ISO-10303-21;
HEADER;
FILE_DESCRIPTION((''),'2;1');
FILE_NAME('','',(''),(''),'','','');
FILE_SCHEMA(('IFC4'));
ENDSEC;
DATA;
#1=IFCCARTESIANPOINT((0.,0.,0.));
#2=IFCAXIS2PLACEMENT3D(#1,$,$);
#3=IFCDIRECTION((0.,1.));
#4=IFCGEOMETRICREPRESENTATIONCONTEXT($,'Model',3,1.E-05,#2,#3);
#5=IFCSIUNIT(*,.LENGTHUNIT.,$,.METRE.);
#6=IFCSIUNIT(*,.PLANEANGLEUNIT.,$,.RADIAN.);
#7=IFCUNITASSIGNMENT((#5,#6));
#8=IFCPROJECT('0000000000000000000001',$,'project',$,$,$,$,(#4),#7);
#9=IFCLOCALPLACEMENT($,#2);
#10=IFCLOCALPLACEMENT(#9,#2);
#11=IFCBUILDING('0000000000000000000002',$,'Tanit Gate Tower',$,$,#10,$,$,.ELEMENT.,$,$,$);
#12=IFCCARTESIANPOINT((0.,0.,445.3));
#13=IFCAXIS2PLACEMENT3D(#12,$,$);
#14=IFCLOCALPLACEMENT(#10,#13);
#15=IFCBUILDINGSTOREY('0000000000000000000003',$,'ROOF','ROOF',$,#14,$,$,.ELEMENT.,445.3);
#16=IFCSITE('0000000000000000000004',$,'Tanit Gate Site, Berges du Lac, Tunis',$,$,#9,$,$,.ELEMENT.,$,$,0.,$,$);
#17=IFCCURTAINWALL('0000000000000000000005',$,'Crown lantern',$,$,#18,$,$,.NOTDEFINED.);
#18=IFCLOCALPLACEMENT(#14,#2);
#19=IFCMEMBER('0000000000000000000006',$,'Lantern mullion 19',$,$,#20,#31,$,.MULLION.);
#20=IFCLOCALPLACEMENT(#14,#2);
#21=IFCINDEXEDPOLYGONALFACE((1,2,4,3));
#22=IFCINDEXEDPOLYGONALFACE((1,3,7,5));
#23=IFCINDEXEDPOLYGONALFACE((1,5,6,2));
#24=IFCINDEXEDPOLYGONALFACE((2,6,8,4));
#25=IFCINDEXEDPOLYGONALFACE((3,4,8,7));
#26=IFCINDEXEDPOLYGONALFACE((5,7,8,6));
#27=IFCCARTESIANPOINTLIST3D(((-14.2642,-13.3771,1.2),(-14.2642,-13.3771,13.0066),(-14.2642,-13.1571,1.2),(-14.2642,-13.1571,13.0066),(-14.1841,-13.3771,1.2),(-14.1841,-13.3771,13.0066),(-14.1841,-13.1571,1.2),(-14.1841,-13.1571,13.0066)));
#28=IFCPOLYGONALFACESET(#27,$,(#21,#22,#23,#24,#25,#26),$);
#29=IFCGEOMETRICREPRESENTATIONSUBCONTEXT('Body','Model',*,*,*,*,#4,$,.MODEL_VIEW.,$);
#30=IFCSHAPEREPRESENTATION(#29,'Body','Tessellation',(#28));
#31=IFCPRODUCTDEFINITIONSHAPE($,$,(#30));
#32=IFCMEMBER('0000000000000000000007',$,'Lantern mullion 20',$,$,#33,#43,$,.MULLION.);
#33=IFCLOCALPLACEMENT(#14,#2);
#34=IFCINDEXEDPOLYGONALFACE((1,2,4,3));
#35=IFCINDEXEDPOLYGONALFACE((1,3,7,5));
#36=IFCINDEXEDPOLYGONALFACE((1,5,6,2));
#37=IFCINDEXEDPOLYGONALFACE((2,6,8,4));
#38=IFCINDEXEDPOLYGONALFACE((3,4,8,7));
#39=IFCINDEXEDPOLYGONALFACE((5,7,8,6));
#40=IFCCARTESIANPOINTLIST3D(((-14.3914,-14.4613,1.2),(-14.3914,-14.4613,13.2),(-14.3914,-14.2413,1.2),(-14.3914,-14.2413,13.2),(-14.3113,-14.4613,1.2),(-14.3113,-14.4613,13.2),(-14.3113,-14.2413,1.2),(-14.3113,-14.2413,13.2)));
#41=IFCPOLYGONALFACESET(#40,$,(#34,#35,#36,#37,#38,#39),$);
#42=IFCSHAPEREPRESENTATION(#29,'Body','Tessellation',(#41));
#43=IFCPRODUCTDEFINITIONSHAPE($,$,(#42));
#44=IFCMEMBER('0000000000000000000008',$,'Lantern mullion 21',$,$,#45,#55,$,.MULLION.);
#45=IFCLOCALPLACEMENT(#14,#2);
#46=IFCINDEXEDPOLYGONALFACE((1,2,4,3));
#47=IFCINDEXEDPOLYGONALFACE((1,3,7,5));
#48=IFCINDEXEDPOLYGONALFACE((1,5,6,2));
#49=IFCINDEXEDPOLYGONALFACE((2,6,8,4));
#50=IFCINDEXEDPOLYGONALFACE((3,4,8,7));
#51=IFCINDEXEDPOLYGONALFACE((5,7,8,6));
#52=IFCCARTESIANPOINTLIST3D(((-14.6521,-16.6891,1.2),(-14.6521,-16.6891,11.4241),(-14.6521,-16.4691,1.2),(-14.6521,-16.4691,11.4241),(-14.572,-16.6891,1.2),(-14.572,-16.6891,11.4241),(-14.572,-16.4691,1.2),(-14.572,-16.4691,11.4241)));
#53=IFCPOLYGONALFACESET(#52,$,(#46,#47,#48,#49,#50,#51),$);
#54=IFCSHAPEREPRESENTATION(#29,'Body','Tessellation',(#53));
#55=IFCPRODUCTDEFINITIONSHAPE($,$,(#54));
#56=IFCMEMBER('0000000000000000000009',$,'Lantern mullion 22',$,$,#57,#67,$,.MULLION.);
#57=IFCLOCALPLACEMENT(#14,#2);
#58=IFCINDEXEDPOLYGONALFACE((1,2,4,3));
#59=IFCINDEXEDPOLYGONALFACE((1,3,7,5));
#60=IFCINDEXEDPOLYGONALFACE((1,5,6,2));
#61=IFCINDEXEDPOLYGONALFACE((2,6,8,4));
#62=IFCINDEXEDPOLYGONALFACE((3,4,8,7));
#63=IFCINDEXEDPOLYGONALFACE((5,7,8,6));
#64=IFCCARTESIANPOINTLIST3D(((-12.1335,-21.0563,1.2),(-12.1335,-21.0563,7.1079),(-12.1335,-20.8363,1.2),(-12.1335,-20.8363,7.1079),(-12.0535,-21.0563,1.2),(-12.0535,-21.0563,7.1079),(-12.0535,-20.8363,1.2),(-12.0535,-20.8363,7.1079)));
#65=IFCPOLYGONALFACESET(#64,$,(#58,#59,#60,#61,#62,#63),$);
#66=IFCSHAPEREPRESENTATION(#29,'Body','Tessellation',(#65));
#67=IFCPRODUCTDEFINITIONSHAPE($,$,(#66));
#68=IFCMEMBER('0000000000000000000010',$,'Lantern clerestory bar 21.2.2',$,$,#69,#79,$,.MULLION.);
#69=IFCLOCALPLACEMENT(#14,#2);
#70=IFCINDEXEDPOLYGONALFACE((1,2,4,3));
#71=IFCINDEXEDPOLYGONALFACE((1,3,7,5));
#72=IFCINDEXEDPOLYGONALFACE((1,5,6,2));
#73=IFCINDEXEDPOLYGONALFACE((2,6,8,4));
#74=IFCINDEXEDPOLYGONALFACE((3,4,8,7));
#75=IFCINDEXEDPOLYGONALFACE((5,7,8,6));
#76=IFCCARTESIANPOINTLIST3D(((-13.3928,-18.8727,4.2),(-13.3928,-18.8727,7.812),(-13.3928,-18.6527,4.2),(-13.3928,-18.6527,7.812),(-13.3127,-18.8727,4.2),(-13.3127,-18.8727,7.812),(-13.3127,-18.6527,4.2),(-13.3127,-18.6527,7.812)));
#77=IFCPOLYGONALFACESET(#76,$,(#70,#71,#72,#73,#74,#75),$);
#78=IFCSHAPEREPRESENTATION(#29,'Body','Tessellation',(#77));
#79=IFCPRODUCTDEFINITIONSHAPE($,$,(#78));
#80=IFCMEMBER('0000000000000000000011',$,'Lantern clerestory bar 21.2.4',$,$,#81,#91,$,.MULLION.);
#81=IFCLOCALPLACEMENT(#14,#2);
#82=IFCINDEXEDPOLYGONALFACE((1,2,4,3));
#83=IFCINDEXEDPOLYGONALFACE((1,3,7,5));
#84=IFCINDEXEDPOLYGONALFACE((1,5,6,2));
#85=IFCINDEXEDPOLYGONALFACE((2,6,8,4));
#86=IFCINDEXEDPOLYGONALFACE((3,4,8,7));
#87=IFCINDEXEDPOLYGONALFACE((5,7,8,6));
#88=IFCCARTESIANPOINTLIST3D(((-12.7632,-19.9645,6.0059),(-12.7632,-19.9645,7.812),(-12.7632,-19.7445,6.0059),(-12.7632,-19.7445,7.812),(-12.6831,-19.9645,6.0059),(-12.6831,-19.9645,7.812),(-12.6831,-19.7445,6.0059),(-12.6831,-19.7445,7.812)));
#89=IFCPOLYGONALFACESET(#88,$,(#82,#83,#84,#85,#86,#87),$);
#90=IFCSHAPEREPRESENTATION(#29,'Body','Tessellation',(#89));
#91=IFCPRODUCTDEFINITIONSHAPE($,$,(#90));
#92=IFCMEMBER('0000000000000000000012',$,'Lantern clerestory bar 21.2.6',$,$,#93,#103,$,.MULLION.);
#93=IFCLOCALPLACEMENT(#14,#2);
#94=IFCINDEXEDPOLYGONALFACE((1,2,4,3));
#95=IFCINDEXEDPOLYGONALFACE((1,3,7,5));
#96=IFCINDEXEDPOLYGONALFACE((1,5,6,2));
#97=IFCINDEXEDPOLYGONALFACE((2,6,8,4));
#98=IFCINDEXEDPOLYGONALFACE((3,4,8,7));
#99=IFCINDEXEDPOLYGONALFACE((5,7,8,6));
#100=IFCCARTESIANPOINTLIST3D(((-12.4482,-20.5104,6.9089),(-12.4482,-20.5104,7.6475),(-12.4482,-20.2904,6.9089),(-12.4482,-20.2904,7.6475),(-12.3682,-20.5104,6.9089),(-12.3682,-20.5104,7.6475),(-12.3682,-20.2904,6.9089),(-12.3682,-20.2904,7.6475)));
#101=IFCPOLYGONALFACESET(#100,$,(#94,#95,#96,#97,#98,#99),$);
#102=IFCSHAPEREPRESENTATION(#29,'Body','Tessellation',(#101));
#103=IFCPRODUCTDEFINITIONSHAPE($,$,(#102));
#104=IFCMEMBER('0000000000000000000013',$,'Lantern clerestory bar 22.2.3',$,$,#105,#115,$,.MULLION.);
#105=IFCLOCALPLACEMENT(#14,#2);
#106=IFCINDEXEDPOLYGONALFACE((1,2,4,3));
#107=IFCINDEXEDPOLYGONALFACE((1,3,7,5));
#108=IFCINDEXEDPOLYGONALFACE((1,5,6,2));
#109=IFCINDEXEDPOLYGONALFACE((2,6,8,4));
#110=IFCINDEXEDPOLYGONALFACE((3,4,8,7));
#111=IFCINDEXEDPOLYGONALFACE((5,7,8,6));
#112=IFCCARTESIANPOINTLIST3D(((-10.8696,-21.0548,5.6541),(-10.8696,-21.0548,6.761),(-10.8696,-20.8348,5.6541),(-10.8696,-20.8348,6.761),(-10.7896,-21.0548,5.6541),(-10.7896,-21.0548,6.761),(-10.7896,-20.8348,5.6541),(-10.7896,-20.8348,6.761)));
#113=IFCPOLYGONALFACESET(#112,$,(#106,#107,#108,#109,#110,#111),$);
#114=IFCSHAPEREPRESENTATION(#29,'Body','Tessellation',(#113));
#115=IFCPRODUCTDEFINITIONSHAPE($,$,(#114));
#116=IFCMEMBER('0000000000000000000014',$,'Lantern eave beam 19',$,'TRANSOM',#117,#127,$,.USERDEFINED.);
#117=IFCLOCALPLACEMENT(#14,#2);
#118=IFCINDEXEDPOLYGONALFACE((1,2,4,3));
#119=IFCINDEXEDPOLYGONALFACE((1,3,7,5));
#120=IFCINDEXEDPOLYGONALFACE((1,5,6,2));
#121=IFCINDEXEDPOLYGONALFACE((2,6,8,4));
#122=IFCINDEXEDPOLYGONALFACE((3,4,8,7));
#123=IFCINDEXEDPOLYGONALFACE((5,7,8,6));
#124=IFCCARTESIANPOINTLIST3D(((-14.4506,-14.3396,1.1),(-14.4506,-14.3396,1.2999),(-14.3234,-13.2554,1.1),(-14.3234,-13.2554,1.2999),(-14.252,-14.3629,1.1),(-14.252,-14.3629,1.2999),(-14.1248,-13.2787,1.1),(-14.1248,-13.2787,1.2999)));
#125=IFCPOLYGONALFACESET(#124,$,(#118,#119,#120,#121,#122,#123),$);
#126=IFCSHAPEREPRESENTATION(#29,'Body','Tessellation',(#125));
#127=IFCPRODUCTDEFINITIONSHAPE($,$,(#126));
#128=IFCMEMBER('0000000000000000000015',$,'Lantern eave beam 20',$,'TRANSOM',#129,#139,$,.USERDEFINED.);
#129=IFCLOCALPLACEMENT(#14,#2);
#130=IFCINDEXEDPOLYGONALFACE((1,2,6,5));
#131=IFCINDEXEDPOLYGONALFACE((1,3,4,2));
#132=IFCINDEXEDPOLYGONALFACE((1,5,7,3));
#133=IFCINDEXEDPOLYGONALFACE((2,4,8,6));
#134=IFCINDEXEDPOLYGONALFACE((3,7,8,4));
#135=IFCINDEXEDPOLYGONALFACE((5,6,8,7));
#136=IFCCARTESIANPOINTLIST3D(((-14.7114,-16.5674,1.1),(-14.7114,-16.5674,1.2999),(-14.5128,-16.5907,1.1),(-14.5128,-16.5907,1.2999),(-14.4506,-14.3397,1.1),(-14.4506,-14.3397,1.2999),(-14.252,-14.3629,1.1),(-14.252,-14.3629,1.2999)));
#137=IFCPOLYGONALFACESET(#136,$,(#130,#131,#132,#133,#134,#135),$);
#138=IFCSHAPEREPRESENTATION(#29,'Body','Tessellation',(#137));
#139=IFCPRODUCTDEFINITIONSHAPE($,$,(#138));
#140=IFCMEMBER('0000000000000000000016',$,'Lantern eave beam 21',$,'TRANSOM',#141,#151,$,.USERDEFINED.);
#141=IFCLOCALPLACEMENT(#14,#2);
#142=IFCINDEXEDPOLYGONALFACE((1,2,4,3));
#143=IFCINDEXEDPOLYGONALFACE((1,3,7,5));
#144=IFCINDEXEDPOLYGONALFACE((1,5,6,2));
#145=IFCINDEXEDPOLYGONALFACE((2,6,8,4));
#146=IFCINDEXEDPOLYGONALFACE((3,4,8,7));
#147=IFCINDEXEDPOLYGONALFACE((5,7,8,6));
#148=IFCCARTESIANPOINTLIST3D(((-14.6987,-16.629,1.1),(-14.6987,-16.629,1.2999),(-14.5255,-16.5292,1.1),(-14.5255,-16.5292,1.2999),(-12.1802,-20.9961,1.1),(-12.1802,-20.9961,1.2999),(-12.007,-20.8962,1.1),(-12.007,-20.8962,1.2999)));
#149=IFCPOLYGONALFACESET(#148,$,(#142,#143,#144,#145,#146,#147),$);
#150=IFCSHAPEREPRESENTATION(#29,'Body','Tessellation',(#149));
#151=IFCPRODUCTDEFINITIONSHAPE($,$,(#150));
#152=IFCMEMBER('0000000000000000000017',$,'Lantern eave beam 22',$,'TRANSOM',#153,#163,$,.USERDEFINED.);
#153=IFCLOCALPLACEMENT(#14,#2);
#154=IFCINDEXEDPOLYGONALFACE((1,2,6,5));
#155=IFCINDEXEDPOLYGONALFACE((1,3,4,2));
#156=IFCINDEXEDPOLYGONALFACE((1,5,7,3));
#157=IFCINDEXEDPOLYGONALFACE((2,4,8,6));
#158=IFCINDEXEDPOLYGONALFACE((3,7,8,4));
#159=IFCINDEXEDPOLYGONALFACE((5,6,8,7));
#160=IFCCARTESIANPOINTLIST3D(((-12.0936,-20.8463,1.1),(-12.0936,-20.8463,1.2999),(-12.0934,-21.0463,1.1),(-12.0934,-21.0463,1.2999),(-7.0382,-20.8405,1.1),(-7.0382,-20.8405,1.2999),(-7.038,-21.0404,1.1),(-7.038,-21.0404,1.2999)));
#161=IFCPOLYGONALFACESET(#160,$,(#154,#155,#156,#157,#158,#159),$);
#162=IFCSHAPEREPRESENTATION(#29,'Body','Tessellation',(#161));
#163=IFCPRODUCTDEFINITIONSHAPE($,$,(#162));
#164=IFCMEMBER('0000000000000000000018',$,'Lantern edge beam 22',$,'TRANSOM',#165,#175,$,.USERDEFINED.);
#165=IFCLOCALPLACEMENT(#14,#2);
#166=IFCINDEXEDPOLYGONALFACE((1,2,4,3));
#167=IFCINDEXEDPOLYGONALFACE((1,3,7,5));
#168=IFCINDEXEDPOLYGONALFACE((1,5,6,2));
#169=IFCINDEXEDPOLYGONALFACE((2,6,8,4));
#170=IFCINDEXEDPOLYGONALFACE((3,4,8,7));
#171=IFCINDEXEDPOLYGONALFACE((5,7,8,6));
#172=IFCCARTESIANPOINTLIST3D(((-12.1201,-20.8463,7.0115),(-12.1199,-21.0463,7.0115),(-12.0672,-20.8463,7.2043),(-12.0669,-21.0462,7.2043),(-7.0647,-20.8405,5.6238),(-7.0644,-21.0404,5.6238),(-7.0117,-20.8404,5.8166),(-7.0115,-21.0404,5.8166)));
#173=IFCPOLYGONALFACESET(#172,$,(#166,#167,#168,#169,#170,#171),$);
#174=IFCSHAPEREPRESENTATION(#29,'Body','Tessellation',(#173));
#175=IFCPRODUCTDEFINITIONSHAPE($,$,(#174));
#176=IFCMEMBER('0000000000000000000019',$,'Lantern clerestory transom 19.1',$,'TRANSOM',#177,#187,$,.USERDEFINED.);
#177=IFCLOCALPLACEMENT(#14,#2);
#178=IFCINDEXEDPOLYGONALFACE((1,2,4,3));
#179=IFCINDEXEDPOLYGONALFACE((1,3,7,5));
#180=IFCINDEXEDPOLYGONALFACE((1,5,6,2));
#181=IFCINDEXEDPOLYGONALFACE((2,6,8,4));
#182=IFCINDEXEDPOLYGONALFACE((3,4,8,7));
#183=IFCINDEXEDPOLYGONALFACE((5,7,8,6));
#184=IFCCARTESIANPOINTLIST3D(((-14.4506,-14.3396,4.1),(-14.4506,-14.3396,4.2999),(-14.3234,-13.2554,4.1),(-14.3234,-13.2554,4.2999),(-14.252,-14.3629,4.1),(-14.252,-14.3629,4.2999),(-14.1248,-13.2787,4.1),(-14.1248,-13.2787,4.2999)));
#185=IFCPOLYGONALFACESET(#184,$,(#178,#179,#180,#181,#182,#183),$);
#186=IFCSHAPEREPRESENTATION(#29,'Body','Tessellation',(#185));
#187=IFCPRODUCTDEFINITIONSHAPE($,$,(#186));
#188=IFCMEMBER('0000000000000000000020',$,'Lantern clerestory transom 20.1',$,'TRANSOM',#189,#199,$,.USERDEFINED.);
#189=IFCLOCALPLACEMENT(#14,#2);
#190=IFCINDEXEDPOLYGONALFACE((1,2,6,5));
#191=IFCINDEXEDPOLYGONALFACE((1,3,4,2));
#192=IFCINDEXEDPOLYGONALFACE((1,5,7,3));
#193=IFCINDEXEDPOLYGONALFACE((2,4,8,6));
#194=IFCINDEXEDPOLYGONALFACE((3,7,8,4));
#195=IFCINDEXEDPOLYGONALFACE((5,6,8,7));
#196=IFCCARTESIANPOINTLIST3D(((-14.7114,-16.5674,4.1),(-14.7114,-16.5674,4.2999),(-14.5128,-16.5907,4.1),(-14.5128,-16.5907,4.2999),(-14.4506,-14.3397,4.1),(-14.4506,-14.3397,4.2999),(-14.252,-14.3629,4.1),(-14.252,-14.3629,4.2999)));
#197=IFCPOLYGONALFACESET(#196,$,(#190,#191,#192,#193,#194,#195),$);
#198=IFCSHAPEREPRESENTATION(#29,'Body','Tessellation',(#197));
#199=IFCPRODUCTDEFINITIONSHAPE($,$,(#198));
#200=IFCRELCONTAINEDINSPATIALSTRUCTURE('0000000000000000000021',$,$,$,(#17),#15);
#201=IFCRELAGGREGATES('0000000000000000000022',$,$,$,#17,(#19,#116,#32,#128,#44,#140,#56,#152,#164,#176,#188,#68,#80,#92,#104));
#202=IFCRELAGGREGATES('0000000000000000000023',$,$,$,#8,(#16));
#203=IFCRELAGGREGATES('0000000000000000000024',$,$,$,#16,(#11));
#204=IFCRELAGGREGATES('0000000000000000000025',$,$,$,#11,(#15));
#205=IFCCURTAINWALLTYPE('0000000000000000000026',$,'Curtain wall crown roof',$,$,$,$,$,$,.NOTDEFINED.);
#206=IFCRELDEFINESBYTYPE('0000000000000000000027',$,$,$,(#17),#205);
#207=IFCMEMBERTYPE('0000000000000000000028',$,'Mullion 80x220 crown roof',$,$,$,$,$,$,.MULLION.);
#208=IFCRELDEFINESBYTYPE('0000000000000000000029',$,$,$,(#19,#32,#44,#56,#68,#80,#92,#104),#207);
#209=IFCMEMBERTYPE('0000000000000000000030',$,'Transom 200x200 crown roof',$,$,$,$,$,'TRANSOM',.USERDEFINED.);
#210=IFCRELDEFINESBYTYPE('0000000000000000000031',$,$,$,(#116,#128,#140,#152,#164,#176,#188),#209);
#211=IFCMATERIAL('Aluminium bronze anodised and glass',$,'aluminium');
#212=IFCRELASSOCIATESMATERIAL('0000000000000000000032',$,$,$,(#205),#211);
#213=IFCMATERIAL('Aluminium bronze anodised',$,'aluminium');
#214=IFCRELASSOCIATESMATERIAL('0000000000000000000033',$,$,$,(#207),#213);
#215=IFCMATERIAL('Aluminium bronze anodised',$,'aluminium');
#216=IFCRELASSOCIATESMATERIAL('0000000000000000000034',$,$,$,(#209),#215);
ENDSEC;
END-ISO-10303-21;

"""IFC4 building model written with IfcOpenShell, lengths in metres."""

from ifc_helpers import new_model, si_unit, direction, frame, origin, origin_2d, place, context, subcontext, project, spatial, rectangle, extrude, material, material_profile, profile_set, type_object, element, aggregate, save


model = new_model("IFC4")

# Units and contexts
model_context = context("Model", 3, precision=1e-05, world=origin(), true_north=direction((0.0, 1.0)))
body_context = subcontext(model_context, "Body", "Model", "MODEL_VIEW")
ifc_project = project(units=[si_unit("LENGTHUNIT", "METRE"), si_unit("PLANEANGLEUNIT", "RADIAN")], contexts=[model_context])

# Site, building, storey
site_placement = place(None, origin())
site = spatial("IfcSite", under=ifc_project, at=site_placement, Name="Tanit Gate Site, Berges du Lac, Tunis", CompositionType="ELEMENT", RefElevation=0.0)
building_placement = place(site_placement, origin())
building = spatial("IfcBuilding", under=site, at=building_placement, Name="Tanit Gate Tower", CompositionType="ELEMENT")
storey_placement = place(building_placement, frame((0.0, 0.0, 445.3)))
storey = spatial("IfcBuildingStorey", under=building, at=storey_placement, Name="ROOF", Description="ROOF", CompositionType="ELEMENT", Elevation=445.3)

# Curtain wall, members
ifc_material_1 = material(Name="Aluminium bronze anodised and glass", Category="aluminium")
curtain_wall_type = type_object("IfcCurtainWallType", Name="Curtain wall crown roof", PredefinedType="NOTDEFINED", material=ifc_material_1)
curtain_wall_placement = place(storey_placement, origin())
curtain_wall = element("IfcCurtainWall", 1, at=curtain_wall_placement, inside=storey, type_object=curtain_wall_type, Name="Crown lantern", PredefinedType="NOTDEFINED")
ifc_material_2 = material(Name="Aluminium bronze anodised", Category="aluminium")
ifc_material_profile_1 = material_profile(ifc_material_2, rectangle(XDim=0.0801, YDim=0.22, at=origin_2d()), Name="80x220 bronze rafter")
ifc_profile_set_1 = profile_set([ifc_material_profile_1], Name="Aluminium bronze anodised")
member_type_1 = type_object("IfcMemberType", Name="Mullion 80x220 crown roof", PredefinedType="MULLION", material=ifc_profile_set_1)
member_1_placement = place(storey_placement, frame((-14.2241, -13.2671, 1.2), z_axis=(0.0, 0.0, 1.0), x_axis=(1.0, 0.0, 0.0)))
member_1 = element("IfcMember", 2, at=member_1_placement, type_object=member_type_1, Name="Lantern mullion 19", PredefinedType="MULLION", context=body_context, shape_type="SweptSolid", body=[
    extrude(rectangle(XDim=0.0801, YDim=0.22, at=origin_2d()), origin(), (0.0, 0.0, 1.0), 11.8066),
])
member_2_placement = place(storey_placement, frame((-14.3513, -14.3513, 1.2), z_axis=(0.0, 0.0, 1.0), x_axis=(1.0, 0.0, 0.0)))
member_2 = element("IfcMember", 3, at=member_2_placement, type_object=member_type_1, Name="Lantern mullion 20", PredefinedType="MULLION", context=body_context, shape_type="SweptSolid", body=[
    extrude(rectangle(XDim=0.0801, YDim=0.22, at=origin_2d()), origin(), (0.0, 0.0, 1.0), 12.0),
])
member_3_placement = place(storey_placement, frame((-14.6121, -16.5791, 1.2), z_axis=(0.0, 0.0, 1.0), x_axis=(1.0, 0.0, 0.0)))
member_3 = element("IfcMember", 4, at=member_3_placement, type_object=member_type_1, Name="Lantern mullion 21", PredefinedType="MULLION", context=body_context, shape_type="SweptSolid", body=[
    extrude(rectangle(XDim=0.0801, YDim=0.22, at=origin_2d()), origin(), (0.0, 0.0, 1.0), 10.2241),
])
member_4_placement = place(storey_placement, frame((-12.0935, -20.9463, 1.2), z_axis=(0.0, 0.0, 1.0), x_axis=(1.0, 0.0, 0.0)))
member_4 = element("IfcMember", 5, at=member_4_placement, type_object=member_type_1, Name="Lantern mullion 22", PredefinedType="MULLION", context=body_context, shape_type="SweptSolid", body=[
    extrude(rectangle(XDim=0.0801, YDim=0.22, at=origin_2d()), origin(), (0.0, 0.0, 1.0), 5.908),
])
member_5_placement = place(storey_placement, frame((-13.3528, -18.7627, 4.2), z_axis=(0.0, 0.0, 1.0), x_axis=(1.0, 0.0, 0.0)))
member_5 = element("IfcMember", 6, at=member_5_placement, type_object=member_type_1, Name="Lantern clerestory bar 21.2.2", PredefinedType="MULLION", context=body_context, shape_type="SweptSolid", body=[
    extrude(rectangle(XDim=0.0801, YDim=0.22, at=origin_2d()), origin(), (0.0, 0.0, 1.0), 3.6121),
])
member_6_placement = place(storey_placement, frame((-12.7231, -19.8545, 6.0059), z_axis=(0.0, 0.0, 1.0), x_axis=(1.0, 0.0, 0.0)))
member_6 = element("IfcMember", 7, at=member_6_placement, type_object=member_type_1, Name="Lantern clerestory bar 21.2.4", PredefinedType="MULLION", context=body_context, shape_type="SweptSolid", body=[
    extrude(rectangle(XDim=0.0801, YDim=0.22, at=origin_2d()), origin(), (0.0, 0.0, 1.0), 1.8062),
])
member_7_placement = place(storey_placement, frame((-12.4082, -20.4004, 6.9089), z_axis=(0.0, 0.0, 1.0), x_axis=(1.0, 0.0, 0.0)))
member_7 = element("IfcMember", 8, at=member_7_placement, type_object=member_type_1, Name="Lantern clerestory bar 21.2.6", PredefinedType="MULLION", context=body_context, shape_type="SweptSolid", body=[
    extrude(rectangle(XDim=0.0801, YDim=0.22, at=origin_2d()), origin(), (0.0, 0.0, 1.0), 0.7385),
])
member_8_placement = place(storey_placement, frame((-10.8296, -20.9448, 5.6541), z_axis=(0.0, 0.0, 1.0), x_axis=(1.0, 0.0, 0.0)))
member_8 = element("IfcMember", 9, at=member_8_placement, type_object=member_type_1, Name="Lantern clerestory bar 22.2.3", PredefinedType="MULLION", context=body_context, shape_type="SweptSolid", body=[
    extrude(rectangle(XDim=0.0801, YDim=0.22, at=origin_2d()), origin(), (0.0, 0.0, 1.0), 1.1069),
])
ifc_material_3 = material(Name="Aluminium bronze anodised", Category="aluminium")
ifc_material_profile_2 = material_profile(ifc_material_3, rectangle(XDim=0.2, YDim=0.2, at=origin_2d()), Name="200x200 bronze transom")
ifc_profile_set_2 = profile_set([ifc_material_profile_2], Name="Aluminium bronze anodised")
member_type_2 = type_object("IfcMemberType", Name="Transom 200x200 crown roof", ElementType="TRANSOM", PredefinedType="USERDEFINED", material=ifc_profile_set_2)
member_9_placement = place(storey_placement, frame((-14.2241, -13.2671, 1.2), z_axis=(-0.116517, -0.993189, 0.0), x_axis=(0.993189, -0.116517, 0.0)))
member_9 = element("IfcMember", 10, at=member_9_placement, type_object=member_type_2, Name="Lantern eave beam 19", ObjectType="TRANSOM", PredefinedType="USERDEFINED", context=body_context, shape_type="SweptSolid", body=[
    extrude(rectangle(XDim=0.2, YDim=0.2, at=origin_2d()), origin(), (0.0, 0.0, 1.0), 1.0916),
])
member_10_placement = place(storey_placement, frame((-14.3513, -14.3513, 1.2), z_axis=(-0.116248, -0.99322, 0.0), x_axis=(0.99322, -0.116248, 0.0)))
member_10 = element("IfcMember", 11, at=member_10_placement, type_object=member_type_2, Name="Lantern eave beam 20", ObjectType="TRANSOM", PredefinedType="USERDEFINED", context=body_context, shape_type="SweptSolid", body=[
    extrude(rectangle(XDim=0.2, YDim=0.2, at=origin_2d()), origin(), (0.0, 0.0, 1.0), 2.2429),
])
member_11_placement = place(storey_placement, frame((-14.6121, -16.5791, 1.2), z_axis=(0.499577, -0.866269, 0.0), x_axis=(0.866269, 0.499577, 0.0)))
member_11 = element("IfcMember", 12, at=member_11_placement, type_object=member_type_2, Name="Lantern eave beam 21", ObjectType="TRANSOM", PredefinedType="USERDEFINED", context=body_context, shape_type="SweptSolid", body=[
    extrude(rectangle(XDim=0.2, YDim=0.2, at=origin_2d()), origin(), (0.0, 0.0, 1.0), 5.0413),
])
member_12_placement = place(storey_placement, frame((-12.0935, -20.9463, 1.2), z_axis=(0.999999, 0.001159, 0.0), x_axis=(-0.001159, 0.999999, 0.0)))
member_12 = element("IfcMember", 13, at=member_12_placement, type_object=member_type_2, Name="Lantern eave beam 22", ObjectType="TRANSOM", PredefinedType="USERDEFINED", context=body_context, shape_type="SweptSolid", body=[
    extrude(rectangle(XDim=0.2, YDim=0.2, at=origin_2d()), origin(), (0.0, 0.0, 1.0), 5.0554),
])
member_13_placement = place(storey_placement, frame((-12.0935, -20.9463, 7.1079), z_axis=(0.964329, 0.001118, -0.264705), x_axis=(-0.001159, 0.999999, 0.0)))
member_13 = element("IfcMember", 14, at=member_13_placement, type_object=member_type_2, Name="Lantern edge beam 22", ObjectType="TRANSOM", PredefinedType="USERDEFINED", context=body_context, shape_type="SweptSolid", body=[
    extrude(rectangle(XDim=0.2, YDim=0.2, at=origin_2d()), origin(), (0.0, 0.0, 1.0), 5.2424),
])
member_14_placement = place(storey_placement, frame((-14.2241, -13.2671, 4.2), z_axis=(-0.116517, -0.993189, 0.0), x_axis=(0.993189, -0.116517, 0.0)))
member_14 = element("IfcMember", 15, at=member_14_placement, type_object=member_type_2, Name="Lantern clerestory transom 19.1", ObjectType="TRANSOM", PredefinedType="USERDEFINED", context=body_context, shape_type="SweptSolid", body=[
    extrude(rectangle(XDim=0.2, YDim=0.2, at=origin_2d()), origin(), (0.0, 0.0, 1.0), 1.0916),
])
member_15_placement = place(storey_placement, frame((-14.3513, -14.3513, 4.2), z_axis=(-0.116248, -0.99322, 0.0), x_axis=(0.99322, -0.116248, 0.0)))
member_15 = element("IfcMember", 16, at=member_15_placement, type_object=member_type_2, Name="Lantern clerestory transom 20.1", ObjectType="TRANSOM", PredefinedType="USERDEFINED", context=body_context, shape_type="SweptSolid", body=[
    extrude(rectangle(XDim=0.2, YDim=0.2, at=origin_2d()), origin(), (0.0, 0.0, 1.0), 2.2429),
])
aggregate(curtain_wall, [member_1, member_9, member_2, member_10, member_3, member_11, member_4, member_12, member_13, member_14, member_15, member_5, member_6, member_7, member_8])

save(model, "model.ifc")
